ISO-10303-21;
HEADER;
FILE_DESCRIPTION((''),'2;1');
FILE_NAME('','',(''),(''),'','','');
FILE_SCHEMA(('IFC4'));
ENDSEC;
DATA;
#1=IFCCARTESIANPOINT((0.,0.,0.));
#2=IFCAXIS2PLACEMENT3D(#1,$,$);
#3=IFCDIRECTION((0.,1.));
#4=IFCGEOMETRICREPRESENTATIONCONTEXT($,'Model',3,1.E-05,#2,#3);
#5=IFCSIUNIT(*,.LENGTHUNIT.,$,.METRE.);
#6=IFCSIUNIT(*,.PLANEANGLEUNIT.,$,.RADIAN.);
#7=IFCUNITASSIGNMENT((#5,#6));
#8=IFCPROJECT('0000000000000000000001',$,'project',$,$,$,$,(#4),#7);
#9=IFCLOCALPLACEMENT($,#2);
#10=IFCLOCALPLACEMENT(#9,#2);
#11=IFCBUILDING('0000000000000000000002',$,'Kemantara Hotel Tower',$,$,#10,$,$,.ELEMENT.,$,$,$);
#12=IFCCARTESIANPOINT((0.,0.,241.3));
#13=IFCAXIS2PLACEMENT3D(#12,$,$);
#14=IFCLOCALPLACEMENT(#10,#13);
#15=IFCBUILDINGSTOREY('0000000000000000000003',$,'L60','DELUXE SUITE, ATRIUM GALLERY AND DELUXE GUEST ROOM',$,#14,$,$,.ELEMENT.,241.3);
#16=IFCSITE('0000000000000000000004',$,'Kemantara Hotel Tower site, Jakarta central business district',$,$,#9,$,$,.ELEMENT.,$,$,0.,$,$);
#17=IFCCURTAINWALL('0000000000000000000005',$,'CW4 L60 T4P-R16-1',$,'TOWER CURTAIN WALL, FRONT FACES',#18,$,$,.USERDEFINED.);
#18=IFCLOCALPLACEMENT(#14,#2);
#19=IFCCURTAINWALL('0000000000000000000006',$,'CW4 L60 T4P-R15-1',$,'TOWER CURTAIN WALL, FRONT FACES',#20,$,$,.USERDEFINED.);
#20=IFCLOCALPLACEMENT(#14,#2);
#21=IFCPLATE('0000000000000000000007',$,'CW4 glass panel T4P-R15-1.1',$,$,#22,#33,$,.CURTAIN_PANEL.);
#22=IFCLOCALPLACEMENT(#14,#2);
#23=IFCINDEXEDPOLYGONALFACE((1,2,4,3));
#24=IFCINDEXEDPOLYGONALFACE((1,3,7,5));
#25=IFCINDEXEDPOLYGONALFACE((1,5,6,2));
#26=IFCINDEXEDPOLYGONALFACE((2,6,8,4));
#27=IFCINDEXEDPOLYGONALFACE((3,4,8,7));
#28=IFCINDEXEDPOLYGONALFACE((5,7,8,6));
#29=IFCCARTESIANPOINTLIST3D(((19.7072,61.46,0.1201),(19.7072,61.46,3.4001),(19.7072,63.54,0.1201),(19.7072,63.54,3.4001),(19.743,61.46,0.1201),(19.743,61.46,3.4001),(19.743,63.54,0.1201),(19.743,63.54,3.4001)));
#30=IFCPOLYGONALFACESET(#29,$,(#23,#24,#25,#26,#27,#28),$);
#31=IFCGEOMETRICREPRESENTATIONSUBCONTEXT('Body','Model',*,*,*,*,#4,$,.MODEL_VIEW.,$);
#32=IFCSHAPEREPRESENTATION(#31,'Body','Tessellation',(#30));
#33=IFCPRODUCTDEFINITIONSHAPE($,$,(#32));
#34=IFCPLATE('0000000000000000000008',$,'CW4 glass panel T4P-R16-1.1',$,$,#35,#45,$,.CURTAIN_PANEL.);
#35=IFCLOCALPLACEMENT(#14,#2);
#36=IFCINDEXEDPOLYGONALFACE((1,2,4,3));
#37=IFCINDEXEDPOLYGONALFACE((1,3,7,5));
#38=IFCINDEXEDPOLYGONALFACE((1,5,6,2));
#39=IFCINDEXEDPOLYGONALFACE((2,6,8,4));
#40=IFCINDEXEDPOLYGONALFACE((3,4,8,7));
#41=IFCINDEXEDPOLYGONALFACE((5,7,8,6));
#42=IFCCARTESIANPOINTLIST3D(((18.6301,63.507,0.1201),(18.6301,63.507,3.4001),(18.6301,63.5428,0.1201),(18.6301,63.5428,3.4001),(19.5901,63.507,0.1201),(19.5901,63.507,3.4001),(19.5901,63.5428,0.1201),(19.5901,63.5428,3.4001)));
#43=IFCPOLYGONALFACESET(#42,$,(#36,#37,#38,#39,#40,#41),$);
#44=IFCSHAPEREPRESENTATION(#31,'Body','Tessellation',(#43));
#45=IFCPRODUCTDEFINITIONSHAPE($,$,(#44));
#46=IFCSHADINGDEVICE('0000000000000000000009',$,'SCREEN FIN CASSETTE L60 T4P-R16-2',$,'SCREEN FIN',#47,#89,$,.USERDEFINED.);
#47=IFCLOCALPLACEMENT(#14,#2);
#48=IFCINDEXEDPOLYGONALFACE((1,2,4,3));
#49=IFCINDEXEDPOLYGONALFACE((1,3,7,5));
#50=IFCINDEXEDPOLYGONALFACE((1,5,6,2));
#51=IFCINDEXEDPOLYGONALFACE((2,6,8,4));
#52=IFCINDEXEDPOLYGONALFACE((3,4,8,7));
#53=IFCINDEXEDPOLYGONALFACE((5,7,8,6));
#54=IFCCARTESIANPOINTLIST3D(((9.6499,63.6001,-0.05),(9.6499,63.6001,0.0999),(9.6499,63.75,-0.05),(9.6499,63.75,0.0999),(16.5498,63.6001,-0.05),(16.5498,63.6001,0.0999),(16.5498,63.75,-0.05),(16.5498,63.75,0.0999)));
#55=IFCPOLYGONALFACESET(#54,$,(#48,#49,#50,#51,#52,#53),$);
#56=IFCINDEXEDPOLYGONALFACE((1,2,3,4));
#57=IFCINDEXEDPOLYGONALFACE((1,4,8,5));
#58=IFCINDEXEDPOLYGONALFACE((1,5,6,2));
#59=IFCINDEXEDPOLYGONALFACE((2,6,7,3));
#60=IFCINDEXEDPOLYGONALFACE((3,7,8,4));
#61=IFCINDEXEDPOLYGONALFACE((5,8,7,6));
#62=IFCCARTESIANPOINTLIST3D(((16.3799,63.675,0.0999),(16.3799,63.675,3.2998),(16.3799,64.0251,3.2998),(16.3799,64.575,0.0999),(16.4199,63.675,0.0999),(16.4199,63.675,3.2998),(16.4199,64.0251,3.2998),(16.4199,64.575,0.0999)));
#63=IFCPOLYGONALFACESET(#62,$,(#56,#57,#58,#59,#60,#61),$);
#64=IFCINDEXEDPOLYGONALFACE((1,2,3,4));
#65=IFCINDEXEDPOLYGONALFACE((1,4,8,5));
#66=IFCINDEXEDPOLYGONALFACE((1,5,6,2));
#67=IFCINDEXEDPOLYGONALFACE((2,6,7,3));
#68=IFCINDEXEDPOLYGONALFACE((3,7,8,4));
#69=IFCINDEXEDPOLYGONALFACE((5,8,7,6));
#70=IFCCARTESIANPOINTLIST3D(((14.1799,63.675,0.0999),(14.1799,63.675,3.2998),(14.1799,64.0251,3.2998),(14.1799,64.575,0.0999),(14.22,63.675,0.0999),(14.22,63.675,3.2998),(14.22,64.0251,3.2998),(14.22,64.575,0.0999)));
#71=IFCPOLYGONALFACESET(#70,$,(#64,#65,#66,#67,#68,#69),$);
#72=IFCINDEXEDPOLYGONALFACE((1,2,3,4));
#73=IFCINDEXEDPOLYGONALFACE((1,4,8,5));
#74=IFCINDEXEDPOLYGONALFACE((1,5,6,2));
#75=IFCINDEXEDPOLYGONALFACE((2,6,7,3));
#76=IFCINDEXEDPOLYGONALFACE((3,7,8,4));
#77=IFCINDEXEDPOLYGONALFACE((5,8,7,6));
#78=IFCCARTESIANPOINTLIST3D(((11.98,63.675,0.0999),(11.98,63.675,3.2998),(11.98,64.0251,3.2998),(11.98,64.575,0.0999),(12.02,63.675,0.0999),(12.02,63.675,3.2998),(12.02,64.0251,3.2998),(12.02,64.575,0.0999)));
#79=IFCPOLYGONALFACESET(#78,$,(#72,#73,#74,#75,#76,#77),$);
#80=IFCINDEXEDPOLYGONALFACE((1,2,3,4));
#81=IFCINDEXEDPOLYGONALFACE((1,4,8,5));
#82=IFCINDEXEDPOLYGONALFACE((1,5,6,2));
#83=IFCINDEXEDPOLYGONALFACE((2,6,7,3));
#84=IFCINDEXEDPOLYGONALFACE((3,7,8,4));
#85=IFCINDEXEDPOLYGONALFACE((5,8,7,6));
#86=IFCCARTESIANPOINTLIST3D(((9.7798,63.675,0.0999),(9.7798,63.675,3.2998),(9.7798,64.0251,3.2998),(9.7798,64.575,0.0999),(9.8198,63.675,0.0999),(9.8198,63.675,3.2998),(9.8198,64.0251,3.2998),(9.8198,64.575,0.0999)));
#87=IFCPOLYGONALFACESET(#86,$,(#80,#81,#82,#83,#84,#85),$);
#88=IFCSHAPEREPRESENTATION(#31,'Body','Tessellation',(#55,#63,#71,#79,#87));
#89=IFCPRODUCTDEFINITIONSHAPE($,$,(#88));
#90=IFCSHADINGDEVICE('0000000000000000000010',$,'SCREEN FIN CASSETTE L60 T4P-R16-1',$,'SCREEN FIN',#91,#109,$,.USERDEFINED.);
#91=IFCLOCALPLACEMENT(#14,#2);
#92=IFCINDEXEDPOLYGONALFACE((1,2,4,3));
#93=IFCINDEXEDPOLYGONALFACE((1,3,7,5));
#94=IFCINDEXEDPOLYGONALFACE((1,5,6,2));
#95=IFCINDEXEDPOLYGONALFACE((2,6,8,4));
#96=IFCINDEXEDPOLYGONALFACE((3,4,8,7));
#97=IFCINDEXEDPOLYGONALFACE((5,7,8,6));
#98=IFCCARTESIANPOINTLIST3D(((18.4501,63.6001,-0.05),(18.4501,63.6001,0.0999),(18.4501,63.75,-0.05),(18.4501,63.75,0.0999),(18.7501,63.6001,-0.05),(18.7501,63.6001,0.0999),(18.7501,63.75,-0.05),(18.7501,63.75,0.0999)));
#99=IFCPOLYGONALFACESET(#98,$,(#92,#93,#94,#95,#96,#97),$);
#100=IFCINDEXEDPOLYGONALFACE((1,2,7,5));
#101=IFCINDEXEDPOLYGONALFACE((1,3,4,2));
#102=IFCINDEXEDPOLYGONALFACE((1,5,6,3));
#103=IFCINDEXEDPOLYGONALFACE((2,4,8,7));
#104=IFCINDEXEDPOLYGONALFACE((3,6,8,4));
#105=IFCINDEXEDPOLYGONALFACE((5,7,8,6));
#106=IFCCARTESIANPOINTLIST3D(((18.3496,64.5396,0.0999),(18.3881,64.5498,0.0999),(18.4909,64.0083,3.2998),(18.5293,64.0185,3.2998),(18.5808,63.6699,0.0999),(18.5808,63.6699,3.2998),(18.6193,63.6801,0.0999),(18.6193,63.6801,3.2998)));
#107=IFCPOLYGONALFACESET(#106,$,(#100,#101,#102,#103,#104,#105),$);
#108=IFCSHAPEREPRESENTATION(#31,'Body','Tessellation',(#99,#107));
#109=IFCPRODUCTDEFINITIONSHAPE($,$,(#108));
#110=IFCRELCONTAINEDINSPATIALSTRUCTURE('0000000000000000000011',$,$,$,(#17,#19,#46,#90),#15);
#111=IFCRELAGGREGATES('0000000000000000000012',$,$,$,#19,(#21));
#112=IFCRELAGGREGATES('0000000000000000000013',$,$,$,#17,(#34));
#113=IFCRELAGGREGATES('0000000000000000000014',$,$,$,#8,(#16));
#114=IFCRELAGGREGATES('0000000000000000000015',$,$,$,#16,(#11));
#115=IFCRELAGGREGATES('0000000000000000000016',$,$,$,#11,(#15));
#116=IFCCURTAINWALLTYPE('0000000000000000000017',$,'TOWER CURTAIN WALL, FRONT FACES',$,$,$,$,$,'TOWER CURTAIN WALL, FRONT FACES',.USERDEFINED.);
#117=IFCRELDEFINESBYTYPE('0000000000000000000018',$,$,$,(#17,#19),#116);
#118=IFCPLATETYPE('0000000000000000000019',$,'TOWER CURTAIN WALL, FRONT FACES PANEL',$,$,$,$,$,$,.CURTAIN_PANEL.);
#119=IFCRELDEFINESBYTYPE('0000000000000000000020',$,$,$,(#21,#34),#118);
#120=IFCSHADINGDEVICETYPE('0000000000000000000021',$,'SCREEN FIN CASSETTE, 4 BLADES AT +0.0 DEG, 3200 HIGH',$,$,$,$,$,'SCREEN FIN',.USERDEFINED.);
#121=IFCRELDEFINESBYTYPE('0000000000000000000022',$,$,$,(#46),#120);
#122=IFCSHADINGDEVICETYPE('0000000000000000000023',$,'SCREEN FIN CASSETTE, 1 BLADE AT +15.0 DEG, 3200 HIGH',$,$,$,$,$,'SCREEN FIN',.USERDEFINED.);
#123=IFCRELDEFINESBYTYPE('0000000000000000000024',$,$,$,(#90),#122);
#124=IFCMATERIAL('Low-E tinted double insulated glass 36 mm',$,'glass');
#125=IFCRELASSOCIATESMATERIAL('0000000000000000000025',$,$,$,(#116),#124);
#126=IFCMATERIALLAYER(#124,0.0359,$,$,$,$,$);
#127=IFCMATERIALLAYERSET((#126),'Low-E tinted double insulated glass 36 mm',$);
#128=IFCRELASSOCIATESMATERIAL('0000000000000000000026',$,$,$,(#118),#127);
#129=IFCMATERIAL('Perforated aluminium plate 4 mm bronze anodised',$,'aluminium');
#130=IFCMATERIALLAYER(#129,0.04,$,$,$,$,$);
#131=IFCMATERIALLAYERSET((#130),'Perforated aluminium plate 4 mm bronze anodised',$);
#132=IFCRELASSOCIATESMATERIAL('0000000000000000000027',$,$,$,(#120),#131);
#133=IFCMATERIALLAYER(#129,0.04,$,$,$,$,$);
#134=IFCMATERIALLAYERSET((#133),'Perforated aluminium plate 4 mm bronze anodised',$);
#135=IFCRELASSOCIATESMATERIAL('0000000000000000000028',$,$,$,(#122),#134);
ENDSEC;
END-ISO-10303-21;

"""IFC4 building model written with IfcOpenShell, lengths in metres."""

from ifc_helpers import new_model, si_unit, direction, frame, origin, origin_2d, place, context, subcontext, project, spatial, polyline, rectangle, outline, extrude, source, transform, mapped, material, layer, layer_set, type_object, element, aggregate, save


model = new_model("IFC4")

# Units and contexts
model_context = context("Model", 3, precision=1e-05, world=origin(), true_north=direction((0.0, 1.0)))
body_context = subcontext(model_context, "Body", "Model", "MODEL_VIEW")
ifc_project = project(units=[si_unit("LENGTHUNIT", "METRE"), si_unit("PLANEANGLEUNIT", "RADIAN")], contexts=[model_context])

# Site, building, storey
site_placement = place(None, origin())
site = spatial("IfcSite", under=ifc_project, at=site_placement, Name="Kemantara Hotel Tower site, Jakarta central business district", CompositionType="ELEMENT", RefElevation=0.0)
building_placement = place(site_placement, origin())
building = spatial("IfcBuilding", under=site, at=building_placement, Name="Kemantara Hotel Tower", CompositionType="ELEMENT")
storey_placement = place(building_placement, frame((0.0, 0.0, 241.3)))
storey = spatial("IfcBuildingStorey", under=building, at=storey_placement, Name="L60", Description="DELUXE SUITE, ATRIUM GALLERY AND DELUXE GUEST ROOM", CompositionType="ELEMENT", Elevation=241.3)

# Curtain walls
ifc_material_1 = material(Name="Low-E tinted double insulated glass 36 mm", Category="glass")
curtain_wall_type = type_object("IfcCurtainWallType", Name="TOWER CURTAIN WALL, FRONT FACES", ElementType="TOWER CURTAIN WALL, FRONT FACES", PredefinedType="USERDEFINED", material=ifc_material_1)
curtain_wall_1_placement = place(storey_placement, origin())
curtain_wall_1 = element("IfcCurtainWall", 1, at=curtain_wall_1_placement, inside=storey, type_object=curtain_wall_type, Name="CW4 L60 T4P-R16-1", ObjectType="TOWER CURTAIN WALL, FRONT FACES", PredefinedType="USERDEFINED")
curtain_wall_2_placement = place(storey_placement, origin())
curtain_wall_2 = element("IfcCurtainWall", 2, at=curtain_wall_2_placement, inside=storey, type_object=curtain_wall_type, Name="CW4 L60 T4P-R15-1", ObjectType="TOWER CURTAIN WALL, FRONT FACES", PredefinedType="USERDEFINED")

# Plates
ifc_layer_1 = layer(ifc_material_1, 0.0359)
ifc_layer_set_1 = layer_set([ifc_layer_1], Name="Low-E tinted double insulated glass 36 mm")
plate_type = type_object("IfcPlateType", Name="TOWER CURTAIN WALL, FRONT FACES PANEL", PredefinedType="CURTAIN_PANEL", material=ifc_layer_set_1)
shared_shape_1 = source(origin(), body_context, "Body", "SweptSolid", [
    extrude(rectangle(XDim=2.0801, YDim=0.0359, at=origin_2d()), origin(), (0.0, 0.0, 1.0), 3.28),
])
plate_1_placement = place(storey_placement, frame((19.7251, 62.5, 0.1201), z_axis=(0.0, 0.0, 1.0), x_axis=(0.0, 1.0, 0.0)))
plate_1 = element("IfcPlate", 3, at=plate_1_placement, type_object=plate_type, Name="CW4 glass panel T4P-R15-1.1", PredefinedType="CURTAIN_PANEL", context=body_context, shape_type="MappedRepresentation", body=[
    mapped(shared_shape_1, transform((0.0, 0.0, 0.0))),
])
aggregate(curtain_wall_2, [plate_1])
shared_shape_2 = source(origin(), body_context, "Body", "SweptSolid", [
    extrude(rectangle(XDim=0.96, YDim=0.0359, at=origin_2d()), origin(), (0.0, 0.0, 1.0), 3.28),
])
plate_2_placement = place(storey_placement, frame((19.1101, 63.5249, 0.1201), z_axis=(0.0, 0.0, 1.0), x_axis=(-1.0, 0.0, 0.0)))
plate_2 = element("IfcPlate", 4, at=plate_2_placement, type_object=plate_type, Name="CW4 glass panel T4P-R16-1.1", PredefinedType="CURTAIN_PANEL", context=body_context, shape_type="MappedRepresentation", body=[
    mapped(shared_shape_2, transform((0.0, 0.0, 0.0))),
])
aggregate(curtain_wall_1, [plate_2])

# Shading devices
ifc_material_2 = material(Name="Perforated aluminium plate 4 mm bronze anodised", Category="aluminium")
ifc_layer_2 = layer(ifc_material_2, 0.04)
ifc_layer_set_2 = layer_set([ifc_layer_2], Name="Perforated aluminium plate 4 mm bronze anodised")
shading_device_type_1 = type_object("IfcShadingDeviceType", Name="SCREEN FIN CASSETTE, 4 BLADES AT +0.0 DEG, 3200 HIGH", ElementType="SCREEN FIN", PredefinedType="USERDEFINED", material=ifc_layer_set_2)
shared_shape_3 = source(origin(), body_context, "Body", "SweptSolid", [
    extrude(rectangle(XDim=6.8999, YDim=0.1499, at=origin_2d()), frame((3.3, -0.075, -0.1499), z_axis=(0.0, 0.0, 1.0), x_axis=(1.0, 0.0, 0.0)), (0.0, 0.0, 1.0), 0.1499),
    extrude(outline(polyline([(0.0, 0.0), (0.8999, 0.0), (0.3501, 3.2), (0.0, 3.2), (0.0, 0.0)])), frame((0.02, -0.075, 0.0), z_axis=(-1.0, 0.0, 0.0), x_axis=(0.0, -1.0, 0.0)), (0.0, 0.0, 1.0), 0.04),
    extrude(outline(polyline([(0.0, 0.0), (0.8999, 0.0), (0.3501, 3.2), (0.0, 3.2), (0.0, 0.0)])), frame((2.22, -0.075, 0.0), z_axis=(-1.0, 0.0, 0.0), x_axis=(0.0, -1.0, 0.0)), (0.0, 0.0, 1.0), 0.04),
    extrude(outline(polyline([(0.0, 0.0), (0.8999, 0.0), (0.3501, 3.2), (0.0, 3.2), (0.0, 0.0)])), frame((4.4199, -0.075, 0.0), z_axis=(-1.0, 0.0, 0.0), x_axis=(0.0, -1.0, 0.0)), (0.0, 0.0, 1.0), 0.04),
    extrude(outline(polyline([(0.0, 0.0), (0.8999, 0.0), (0.3501, 3.2), (0.0, 3.2), (0.0, 0.0)])), frame((6.6201, -0.075, 0.0), z_axis=(-1.0, 0.0, 0.0), x_axis=(0.0, -1.0, 0.0)), (0.0, 0.0, 1.0), 0.04),
])
shading_device_1_placement = place(storey_placement, frame((16.3999, 63.6001, 0.0999), z_axis=(0.0, 0.0, 1.0), x_axis=(-1.0, 0.0, 0.0)))
element("IfcShadingDevice", 5, at=shading_device_1_placement, inside=storey, type_object=shading_device_type_1, Name="SCREEN FIN CASSETTE L60 T4P-R16-2", ObjectType="SCREEN FIN", PredefinedType="USERDEFINED", context=body_context, shape_type="MappedRepresentation", body=[
    mapped(shared_shape_3, transform((0.0, 0.0, 0.0))),
])
ifc_layer_3 = layer(ifc_material_2, 0.04)
ifc_layer_set_3 = layer_set([ifc_layer_3], Name="Perforated aluminium plate 4 mm bronze anodised")
shading_device_type_2 = type_object("IfcShadingDeviceType", Name="SCREEN FIN CASSETTE, 1 BLADE AT +15.0 DEG, 3200 HIGH", ElementType="SCREEN FIN", PredefinedType="USERDEFINED", material=ifc_layer_set_3)
shared_shape_4 = source(origin(), body_context, "Body", "SweptSolid", [
    extrude(rectangle(XDim=0.3, YDim=0.1499, at=origin_2d()), frame((0.0, -0.075, -0.1499), z_axis=(0.0, 0.0, 1.0), x_axis=(1.0, 0.0, 0.0)), (0.0, 0.0, 1.0), 0.1499),
    extrude(outline(polyline([(0.0, 0.0), (0.8999, 0.0), (0.3501, 3.2), (0.0, 3.2), (0.0, 0.0)])), frame((0.0193, -0.0698, 0.0), z_axis=(-0.966438, -0.256901, 0.0), x_axis=(0.256901, -0.966438, 0.0)), (0.0, 0.0, 1.0), 0.0398),
])
shading_device_2_placement = place(storey_placement, frame((18.6001, 63.6001, 0.0999), z_axis=(0.0, 0.0, 1.0), x_axis=(-1.0, 0.0, 0.0)))
element("IfcShadingDevice", 6, at=shading_device_2_placement, inside=storey, type_object=shading_device_type_2, Name="SCREEN FIN CASSETTE L60 T4P-R16-1", ObjectType="SCREEN FIN", PredefinedType="USERDEFINED", context=body_context, shape_type="MappedRepresentation", body=[
    mapped(shared_shape_4, transform((0.0, 0.0, 0.0))),
])

save(model, "model.ifc")
